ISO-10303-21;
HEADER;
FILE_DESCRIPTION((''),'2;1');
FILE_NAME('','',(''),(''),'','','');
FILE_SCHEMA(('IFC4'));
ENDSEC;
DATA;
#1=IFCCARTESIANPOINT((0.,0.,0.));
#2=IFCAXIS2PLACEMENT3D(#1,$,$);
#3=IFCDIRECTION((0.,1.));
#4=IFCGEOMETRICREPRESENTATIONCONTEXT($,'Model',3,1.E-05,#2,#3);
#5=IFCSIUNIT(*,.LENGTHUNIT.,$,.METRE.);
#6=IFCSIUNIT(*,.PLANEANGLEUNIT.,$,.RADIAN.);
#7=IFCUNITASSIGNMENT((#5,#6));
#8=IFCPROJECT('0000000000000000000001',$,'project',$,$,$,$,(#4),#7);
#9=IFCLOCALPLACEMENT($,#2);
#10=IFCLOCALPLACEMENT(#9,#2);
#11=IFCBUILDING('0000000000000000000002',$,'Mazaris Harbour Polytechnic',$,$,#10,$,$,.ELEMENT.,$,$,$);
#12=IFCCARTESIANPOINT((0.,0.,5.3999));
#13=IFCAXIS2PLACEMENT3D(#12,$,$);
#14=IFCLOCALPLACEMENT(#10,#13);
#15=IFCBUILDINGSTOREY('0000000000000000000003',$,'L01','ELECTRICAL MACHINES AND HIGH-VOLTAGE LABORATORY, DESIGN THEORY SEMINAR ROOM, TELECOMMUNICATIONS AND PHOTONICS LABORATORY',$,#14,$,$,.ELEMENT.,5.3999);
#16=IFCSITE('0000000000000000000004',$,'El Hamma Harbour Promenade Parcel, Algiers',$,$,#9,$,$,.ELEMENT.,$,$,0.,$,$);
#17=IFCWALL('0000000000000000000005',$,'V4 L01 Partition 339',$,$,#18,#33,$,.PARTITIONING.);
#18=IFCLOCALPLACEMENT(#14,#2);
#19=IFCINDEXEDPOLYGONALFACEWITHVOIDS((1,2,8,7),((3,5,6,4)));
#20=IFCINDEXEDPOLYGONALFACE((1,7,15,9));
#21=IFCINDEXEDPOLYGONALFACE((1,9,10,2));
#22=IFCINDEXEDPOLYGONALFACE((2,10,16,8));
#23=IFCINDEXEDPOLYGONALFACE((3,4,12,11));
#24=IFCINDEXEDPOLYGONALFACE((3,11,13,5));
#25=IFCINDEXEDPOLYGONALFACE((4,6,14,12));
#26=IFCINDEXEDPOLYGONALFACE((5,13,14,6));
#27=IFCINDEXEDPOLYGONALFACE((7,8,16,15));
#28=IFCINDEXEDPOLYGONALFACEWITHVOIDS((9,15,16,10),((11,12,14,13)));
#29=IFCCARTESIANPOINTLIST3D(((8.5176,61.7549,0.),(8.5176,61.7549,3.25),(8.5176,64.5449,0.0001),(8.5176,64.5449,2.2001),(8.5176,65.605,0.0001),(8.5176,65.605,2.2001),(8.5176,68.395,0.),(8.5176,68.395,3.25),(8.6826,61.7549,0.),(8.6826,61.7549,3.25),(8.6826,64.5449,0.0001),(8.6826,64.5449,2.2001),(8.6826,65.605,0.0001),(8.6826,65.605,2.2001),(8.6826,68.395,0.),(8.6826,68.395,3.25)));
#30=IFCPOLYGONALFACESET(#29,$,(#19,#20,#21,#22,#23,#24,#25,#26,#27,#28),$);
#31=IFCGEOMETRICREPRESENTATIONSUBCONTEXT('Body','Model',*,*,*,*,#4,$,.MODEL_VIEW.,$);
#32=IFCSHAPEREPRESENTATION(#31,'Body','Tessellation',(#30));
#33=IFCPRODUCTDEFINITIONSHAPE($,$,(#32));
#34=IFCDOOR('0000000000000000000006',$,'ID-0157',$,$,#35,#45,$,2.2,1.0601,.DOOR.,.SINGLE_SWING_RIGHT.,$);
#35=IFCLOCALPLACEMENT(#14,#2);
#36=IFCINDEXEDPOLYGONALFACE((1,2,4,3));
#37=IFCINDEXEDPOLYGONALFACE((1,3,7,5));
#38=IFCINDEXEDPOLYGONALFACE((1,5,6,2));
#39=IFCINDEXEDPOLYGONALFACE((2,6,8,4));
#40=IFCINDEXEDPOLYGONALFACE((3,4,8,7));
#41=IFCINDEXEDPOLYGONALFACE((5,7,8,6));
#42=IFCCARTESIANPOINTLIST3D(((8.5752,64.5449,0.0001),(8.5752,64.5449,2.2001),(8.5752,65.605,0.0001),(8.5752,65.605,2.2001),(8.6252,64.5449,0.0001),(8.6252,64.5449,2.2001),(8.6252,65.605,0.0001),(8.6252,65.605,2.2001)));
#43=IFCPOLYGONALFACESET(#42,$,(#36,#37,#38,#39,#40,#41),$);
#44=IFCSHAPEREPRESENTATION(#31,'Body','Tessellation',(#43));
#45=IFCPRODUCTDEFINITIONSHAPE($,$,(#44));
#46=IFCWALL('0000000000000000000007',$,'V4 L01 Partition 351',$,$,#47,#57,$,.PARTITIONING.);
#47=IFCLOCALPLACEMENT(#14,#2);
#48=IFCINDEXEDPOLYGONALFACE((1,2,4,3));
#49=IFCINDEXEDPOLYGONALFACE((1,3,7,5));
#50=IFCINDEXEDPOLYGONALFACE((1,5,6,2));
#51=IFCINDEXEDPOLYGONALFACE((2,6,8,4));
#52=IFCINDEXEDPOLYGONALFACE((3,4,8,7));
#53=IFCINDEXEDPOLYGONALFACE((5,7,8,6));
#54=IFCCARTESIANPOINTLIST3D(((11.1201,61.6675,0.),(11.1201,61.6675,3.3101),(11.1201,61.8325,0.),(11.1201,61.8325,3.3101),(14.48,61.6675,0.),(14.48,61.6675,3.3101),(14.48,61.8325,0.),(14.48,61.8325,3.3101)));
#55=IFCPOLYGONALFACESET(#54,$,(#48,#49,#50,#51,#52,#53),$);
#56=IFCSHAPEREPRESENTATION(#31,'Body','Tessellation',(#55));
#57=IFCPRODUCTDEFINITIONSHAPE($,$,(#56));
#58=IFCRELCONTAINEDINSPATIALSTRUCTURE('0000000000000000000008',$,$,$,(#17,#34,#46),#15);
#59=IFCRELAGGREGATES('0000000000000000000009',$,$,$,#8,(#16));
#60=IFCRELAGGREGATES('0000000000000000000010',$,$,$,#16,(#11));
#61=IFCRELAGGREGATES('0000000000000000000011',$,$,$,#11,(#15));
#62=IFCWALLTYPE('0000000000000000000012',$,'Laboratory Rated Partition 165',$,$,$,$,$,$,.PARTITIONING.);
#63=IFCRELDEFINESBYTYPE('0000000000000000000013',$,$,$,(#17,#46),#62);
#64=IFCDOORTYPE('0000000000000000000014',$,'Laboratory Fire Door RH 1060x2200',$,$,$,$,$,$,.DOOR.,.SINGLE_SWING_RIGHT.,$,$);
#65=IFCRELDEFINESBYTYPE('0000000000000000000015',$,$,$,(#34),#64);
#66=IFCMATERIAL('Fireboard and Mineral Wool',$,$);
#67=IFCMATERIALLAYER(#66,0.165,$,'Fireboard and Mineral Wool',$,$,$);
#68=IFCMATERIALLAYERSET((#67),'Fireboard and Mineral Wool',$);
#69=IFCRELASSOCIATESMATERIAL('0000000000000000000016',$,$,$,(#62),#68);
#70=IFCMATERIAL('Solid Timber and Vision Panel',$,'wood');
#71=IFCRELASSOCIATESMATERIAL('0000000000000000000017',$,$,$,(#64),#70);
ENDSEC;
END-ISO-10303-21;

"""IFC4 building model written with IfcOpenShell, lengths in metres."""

from ifc_helpers import new_model, si_unit, direction, frame, frame_2d, origin, place, context, subcontext, project, spatial, rectangle, extrude, material, layer, layer_set, type_object, element, fill, save


model = new_model("IFC4")

# Units and contexts
model_context = context("Model", 3, precision=1e-05, world=origin(), true_north=direction((0.0, 1.0)))
body_context = subcontext(model_context, "Body", "Model", "MODEL_VIEW")
ifc_project = project(units=[si_unit("LENGTHUNIT", "METRE"), si_unit("PLANEANGLEUNIT", "RADIAN")], contexts=[model_context])

# Site, building, storey
site_placement = place(None, origin())
site = spatial("IfcSite", under=ifc_project, at=site_placement, Name="El Hamma Harbour Promenade Parcel, Algiers", CompositionType="ELEMENT", RefElevation=0.0)
building_placement = place(site_placement, origin())
building = spatial("IfcBuilding", under=site, at=building_placement, Name="Mazaris Harbour Polytechnic", CompositionType="ELEMENT")
storey_placement = place(building_placement, frame((0.0, 0.0, 5.3999)))
storey = spatial("IfcBuildingStorey", under=building, at=storey_placement, Name="L01", Description="ELECTRICAL MACHINES AND HIGH-VOLTAGE LABORATORY, DESIGN THEORY SEMINAR ROOM, TELECOMMUNICATIONS AND PHOTONICS LABORATORY", CompositionType="ELEMENT", Elevation=5.3999)

# Wall, opening, door
ifc_material_1 = material(Name="Fireboard and Mineral Wool")
ifc_layer_1 = layer(ifc_material_1, 0.165, Name="Fireboard and Mineral Wool")
ifc_layer_set_1 = layer_set([ifc_layer_1], Name="Fireboard and Mineral Wool")
wall_type_1 = type_object("IfcWallType", Name="Laboratory Rated Partition 165", PredefinedType="PARTITIONING", material=ifc_layer_set_1)
wall_1_placement = place(storey_placement, frame((8.6001, 61.7549, 0.0), z_axis=(0.0, 0.0, 1.0), x_axis=(0.0, 1.0, 0.0)))
wall_1 = element("IfcWall", 1, at=wall_1_placement, inside=storey, type_object=wall_type_1, Name="V4 L01 Partition 339", PredefinedType="PARTITIONING", context=body_context, shape_type="SweptSolid", body=[
    extrude(rectangle(XDim=6.6401, YDim=0.165, at=frame_2d((3.3201, 0.0))), origin(), (0.0, 0.0, 1.0), 3.25),
])
opening_1_placement = place(wall_1_placement, frame((2.79, 0.0, 0.0)))
opening_1 = element("IfcOpeningElement", 2, at=opening_1_placement, cuts=wall_1, PredefinedType="OPENING", context=body_context, shape_type="SweptSolid", body=[
    extrude(rectangle(XDim=1.0601, YDim=2.2, at=frame_2d((0.53, 1.1001))), frame((0.0, 0.0925, 0.0), z_axis=(0.0, -1.0, 0.0), x_axis=(1.0, 0.0, 0.0)), (0.0, 0.0, 1.0), 0.1851),
])
ifc_material_2 = material(Name="Solid Timber and Vision Panel", Category="wood")
door_type_1 = type_object("IfcDoorType", Name="Laboratory Fire Door RH 1060x2200", OperationType="SINGLE_SWING_RIGHT", PredefinedType="DOOR", material=ifc_material_2)
door_1_placement = place(opening_1_placement, origin())
door_1 = element("IfcDoor", 3, at=door_1_placement, inside=storey, type_object=door_type_1, Name="ID-0157", OperationType="SINGLE_SWING_RIGHT", OverallHeight=2.2, OverallWidth=1.0601, PredefinedType="DOOR", context=body_context, shape_type="SweptSolid", body=[
    extrude(rectangle(XDim=1.0601, YDim=2.2, at=frame_2d((0.53, 1.1001))), frame((0.0, 0.0249, 0.0), z_axis=(0.0, -1.0, 0.0), x_axis=(1.0, 0.0, 0.0)), (0.0, 0.0, 1.0), 0.05),
])
fill(opening_1, door_1)

# Wall
wall_2_placement = place(storey_placement, frame((11.1201, 61.75, 0.0), z_axis=(0.0, 0.0, 1.0), x_axis=(1.0, 0.0, 0.0)))
element("IfcWall", 4, at=wall_2_placement, inside=storey, type_object=wall_type_1, Name="V4 L01 Partition 351", PredefinedType="PARTITIONING", context=body_context, shape_type="SweptSolid", body=[
    extrude(rectangle(XDim=3.3599, YDim=0.165, at=frame_2d((1.6799, 0.0))), origin(), (0.0, 0.0, 1.0), 3.3101),
])

save(model, "model.ifc")
